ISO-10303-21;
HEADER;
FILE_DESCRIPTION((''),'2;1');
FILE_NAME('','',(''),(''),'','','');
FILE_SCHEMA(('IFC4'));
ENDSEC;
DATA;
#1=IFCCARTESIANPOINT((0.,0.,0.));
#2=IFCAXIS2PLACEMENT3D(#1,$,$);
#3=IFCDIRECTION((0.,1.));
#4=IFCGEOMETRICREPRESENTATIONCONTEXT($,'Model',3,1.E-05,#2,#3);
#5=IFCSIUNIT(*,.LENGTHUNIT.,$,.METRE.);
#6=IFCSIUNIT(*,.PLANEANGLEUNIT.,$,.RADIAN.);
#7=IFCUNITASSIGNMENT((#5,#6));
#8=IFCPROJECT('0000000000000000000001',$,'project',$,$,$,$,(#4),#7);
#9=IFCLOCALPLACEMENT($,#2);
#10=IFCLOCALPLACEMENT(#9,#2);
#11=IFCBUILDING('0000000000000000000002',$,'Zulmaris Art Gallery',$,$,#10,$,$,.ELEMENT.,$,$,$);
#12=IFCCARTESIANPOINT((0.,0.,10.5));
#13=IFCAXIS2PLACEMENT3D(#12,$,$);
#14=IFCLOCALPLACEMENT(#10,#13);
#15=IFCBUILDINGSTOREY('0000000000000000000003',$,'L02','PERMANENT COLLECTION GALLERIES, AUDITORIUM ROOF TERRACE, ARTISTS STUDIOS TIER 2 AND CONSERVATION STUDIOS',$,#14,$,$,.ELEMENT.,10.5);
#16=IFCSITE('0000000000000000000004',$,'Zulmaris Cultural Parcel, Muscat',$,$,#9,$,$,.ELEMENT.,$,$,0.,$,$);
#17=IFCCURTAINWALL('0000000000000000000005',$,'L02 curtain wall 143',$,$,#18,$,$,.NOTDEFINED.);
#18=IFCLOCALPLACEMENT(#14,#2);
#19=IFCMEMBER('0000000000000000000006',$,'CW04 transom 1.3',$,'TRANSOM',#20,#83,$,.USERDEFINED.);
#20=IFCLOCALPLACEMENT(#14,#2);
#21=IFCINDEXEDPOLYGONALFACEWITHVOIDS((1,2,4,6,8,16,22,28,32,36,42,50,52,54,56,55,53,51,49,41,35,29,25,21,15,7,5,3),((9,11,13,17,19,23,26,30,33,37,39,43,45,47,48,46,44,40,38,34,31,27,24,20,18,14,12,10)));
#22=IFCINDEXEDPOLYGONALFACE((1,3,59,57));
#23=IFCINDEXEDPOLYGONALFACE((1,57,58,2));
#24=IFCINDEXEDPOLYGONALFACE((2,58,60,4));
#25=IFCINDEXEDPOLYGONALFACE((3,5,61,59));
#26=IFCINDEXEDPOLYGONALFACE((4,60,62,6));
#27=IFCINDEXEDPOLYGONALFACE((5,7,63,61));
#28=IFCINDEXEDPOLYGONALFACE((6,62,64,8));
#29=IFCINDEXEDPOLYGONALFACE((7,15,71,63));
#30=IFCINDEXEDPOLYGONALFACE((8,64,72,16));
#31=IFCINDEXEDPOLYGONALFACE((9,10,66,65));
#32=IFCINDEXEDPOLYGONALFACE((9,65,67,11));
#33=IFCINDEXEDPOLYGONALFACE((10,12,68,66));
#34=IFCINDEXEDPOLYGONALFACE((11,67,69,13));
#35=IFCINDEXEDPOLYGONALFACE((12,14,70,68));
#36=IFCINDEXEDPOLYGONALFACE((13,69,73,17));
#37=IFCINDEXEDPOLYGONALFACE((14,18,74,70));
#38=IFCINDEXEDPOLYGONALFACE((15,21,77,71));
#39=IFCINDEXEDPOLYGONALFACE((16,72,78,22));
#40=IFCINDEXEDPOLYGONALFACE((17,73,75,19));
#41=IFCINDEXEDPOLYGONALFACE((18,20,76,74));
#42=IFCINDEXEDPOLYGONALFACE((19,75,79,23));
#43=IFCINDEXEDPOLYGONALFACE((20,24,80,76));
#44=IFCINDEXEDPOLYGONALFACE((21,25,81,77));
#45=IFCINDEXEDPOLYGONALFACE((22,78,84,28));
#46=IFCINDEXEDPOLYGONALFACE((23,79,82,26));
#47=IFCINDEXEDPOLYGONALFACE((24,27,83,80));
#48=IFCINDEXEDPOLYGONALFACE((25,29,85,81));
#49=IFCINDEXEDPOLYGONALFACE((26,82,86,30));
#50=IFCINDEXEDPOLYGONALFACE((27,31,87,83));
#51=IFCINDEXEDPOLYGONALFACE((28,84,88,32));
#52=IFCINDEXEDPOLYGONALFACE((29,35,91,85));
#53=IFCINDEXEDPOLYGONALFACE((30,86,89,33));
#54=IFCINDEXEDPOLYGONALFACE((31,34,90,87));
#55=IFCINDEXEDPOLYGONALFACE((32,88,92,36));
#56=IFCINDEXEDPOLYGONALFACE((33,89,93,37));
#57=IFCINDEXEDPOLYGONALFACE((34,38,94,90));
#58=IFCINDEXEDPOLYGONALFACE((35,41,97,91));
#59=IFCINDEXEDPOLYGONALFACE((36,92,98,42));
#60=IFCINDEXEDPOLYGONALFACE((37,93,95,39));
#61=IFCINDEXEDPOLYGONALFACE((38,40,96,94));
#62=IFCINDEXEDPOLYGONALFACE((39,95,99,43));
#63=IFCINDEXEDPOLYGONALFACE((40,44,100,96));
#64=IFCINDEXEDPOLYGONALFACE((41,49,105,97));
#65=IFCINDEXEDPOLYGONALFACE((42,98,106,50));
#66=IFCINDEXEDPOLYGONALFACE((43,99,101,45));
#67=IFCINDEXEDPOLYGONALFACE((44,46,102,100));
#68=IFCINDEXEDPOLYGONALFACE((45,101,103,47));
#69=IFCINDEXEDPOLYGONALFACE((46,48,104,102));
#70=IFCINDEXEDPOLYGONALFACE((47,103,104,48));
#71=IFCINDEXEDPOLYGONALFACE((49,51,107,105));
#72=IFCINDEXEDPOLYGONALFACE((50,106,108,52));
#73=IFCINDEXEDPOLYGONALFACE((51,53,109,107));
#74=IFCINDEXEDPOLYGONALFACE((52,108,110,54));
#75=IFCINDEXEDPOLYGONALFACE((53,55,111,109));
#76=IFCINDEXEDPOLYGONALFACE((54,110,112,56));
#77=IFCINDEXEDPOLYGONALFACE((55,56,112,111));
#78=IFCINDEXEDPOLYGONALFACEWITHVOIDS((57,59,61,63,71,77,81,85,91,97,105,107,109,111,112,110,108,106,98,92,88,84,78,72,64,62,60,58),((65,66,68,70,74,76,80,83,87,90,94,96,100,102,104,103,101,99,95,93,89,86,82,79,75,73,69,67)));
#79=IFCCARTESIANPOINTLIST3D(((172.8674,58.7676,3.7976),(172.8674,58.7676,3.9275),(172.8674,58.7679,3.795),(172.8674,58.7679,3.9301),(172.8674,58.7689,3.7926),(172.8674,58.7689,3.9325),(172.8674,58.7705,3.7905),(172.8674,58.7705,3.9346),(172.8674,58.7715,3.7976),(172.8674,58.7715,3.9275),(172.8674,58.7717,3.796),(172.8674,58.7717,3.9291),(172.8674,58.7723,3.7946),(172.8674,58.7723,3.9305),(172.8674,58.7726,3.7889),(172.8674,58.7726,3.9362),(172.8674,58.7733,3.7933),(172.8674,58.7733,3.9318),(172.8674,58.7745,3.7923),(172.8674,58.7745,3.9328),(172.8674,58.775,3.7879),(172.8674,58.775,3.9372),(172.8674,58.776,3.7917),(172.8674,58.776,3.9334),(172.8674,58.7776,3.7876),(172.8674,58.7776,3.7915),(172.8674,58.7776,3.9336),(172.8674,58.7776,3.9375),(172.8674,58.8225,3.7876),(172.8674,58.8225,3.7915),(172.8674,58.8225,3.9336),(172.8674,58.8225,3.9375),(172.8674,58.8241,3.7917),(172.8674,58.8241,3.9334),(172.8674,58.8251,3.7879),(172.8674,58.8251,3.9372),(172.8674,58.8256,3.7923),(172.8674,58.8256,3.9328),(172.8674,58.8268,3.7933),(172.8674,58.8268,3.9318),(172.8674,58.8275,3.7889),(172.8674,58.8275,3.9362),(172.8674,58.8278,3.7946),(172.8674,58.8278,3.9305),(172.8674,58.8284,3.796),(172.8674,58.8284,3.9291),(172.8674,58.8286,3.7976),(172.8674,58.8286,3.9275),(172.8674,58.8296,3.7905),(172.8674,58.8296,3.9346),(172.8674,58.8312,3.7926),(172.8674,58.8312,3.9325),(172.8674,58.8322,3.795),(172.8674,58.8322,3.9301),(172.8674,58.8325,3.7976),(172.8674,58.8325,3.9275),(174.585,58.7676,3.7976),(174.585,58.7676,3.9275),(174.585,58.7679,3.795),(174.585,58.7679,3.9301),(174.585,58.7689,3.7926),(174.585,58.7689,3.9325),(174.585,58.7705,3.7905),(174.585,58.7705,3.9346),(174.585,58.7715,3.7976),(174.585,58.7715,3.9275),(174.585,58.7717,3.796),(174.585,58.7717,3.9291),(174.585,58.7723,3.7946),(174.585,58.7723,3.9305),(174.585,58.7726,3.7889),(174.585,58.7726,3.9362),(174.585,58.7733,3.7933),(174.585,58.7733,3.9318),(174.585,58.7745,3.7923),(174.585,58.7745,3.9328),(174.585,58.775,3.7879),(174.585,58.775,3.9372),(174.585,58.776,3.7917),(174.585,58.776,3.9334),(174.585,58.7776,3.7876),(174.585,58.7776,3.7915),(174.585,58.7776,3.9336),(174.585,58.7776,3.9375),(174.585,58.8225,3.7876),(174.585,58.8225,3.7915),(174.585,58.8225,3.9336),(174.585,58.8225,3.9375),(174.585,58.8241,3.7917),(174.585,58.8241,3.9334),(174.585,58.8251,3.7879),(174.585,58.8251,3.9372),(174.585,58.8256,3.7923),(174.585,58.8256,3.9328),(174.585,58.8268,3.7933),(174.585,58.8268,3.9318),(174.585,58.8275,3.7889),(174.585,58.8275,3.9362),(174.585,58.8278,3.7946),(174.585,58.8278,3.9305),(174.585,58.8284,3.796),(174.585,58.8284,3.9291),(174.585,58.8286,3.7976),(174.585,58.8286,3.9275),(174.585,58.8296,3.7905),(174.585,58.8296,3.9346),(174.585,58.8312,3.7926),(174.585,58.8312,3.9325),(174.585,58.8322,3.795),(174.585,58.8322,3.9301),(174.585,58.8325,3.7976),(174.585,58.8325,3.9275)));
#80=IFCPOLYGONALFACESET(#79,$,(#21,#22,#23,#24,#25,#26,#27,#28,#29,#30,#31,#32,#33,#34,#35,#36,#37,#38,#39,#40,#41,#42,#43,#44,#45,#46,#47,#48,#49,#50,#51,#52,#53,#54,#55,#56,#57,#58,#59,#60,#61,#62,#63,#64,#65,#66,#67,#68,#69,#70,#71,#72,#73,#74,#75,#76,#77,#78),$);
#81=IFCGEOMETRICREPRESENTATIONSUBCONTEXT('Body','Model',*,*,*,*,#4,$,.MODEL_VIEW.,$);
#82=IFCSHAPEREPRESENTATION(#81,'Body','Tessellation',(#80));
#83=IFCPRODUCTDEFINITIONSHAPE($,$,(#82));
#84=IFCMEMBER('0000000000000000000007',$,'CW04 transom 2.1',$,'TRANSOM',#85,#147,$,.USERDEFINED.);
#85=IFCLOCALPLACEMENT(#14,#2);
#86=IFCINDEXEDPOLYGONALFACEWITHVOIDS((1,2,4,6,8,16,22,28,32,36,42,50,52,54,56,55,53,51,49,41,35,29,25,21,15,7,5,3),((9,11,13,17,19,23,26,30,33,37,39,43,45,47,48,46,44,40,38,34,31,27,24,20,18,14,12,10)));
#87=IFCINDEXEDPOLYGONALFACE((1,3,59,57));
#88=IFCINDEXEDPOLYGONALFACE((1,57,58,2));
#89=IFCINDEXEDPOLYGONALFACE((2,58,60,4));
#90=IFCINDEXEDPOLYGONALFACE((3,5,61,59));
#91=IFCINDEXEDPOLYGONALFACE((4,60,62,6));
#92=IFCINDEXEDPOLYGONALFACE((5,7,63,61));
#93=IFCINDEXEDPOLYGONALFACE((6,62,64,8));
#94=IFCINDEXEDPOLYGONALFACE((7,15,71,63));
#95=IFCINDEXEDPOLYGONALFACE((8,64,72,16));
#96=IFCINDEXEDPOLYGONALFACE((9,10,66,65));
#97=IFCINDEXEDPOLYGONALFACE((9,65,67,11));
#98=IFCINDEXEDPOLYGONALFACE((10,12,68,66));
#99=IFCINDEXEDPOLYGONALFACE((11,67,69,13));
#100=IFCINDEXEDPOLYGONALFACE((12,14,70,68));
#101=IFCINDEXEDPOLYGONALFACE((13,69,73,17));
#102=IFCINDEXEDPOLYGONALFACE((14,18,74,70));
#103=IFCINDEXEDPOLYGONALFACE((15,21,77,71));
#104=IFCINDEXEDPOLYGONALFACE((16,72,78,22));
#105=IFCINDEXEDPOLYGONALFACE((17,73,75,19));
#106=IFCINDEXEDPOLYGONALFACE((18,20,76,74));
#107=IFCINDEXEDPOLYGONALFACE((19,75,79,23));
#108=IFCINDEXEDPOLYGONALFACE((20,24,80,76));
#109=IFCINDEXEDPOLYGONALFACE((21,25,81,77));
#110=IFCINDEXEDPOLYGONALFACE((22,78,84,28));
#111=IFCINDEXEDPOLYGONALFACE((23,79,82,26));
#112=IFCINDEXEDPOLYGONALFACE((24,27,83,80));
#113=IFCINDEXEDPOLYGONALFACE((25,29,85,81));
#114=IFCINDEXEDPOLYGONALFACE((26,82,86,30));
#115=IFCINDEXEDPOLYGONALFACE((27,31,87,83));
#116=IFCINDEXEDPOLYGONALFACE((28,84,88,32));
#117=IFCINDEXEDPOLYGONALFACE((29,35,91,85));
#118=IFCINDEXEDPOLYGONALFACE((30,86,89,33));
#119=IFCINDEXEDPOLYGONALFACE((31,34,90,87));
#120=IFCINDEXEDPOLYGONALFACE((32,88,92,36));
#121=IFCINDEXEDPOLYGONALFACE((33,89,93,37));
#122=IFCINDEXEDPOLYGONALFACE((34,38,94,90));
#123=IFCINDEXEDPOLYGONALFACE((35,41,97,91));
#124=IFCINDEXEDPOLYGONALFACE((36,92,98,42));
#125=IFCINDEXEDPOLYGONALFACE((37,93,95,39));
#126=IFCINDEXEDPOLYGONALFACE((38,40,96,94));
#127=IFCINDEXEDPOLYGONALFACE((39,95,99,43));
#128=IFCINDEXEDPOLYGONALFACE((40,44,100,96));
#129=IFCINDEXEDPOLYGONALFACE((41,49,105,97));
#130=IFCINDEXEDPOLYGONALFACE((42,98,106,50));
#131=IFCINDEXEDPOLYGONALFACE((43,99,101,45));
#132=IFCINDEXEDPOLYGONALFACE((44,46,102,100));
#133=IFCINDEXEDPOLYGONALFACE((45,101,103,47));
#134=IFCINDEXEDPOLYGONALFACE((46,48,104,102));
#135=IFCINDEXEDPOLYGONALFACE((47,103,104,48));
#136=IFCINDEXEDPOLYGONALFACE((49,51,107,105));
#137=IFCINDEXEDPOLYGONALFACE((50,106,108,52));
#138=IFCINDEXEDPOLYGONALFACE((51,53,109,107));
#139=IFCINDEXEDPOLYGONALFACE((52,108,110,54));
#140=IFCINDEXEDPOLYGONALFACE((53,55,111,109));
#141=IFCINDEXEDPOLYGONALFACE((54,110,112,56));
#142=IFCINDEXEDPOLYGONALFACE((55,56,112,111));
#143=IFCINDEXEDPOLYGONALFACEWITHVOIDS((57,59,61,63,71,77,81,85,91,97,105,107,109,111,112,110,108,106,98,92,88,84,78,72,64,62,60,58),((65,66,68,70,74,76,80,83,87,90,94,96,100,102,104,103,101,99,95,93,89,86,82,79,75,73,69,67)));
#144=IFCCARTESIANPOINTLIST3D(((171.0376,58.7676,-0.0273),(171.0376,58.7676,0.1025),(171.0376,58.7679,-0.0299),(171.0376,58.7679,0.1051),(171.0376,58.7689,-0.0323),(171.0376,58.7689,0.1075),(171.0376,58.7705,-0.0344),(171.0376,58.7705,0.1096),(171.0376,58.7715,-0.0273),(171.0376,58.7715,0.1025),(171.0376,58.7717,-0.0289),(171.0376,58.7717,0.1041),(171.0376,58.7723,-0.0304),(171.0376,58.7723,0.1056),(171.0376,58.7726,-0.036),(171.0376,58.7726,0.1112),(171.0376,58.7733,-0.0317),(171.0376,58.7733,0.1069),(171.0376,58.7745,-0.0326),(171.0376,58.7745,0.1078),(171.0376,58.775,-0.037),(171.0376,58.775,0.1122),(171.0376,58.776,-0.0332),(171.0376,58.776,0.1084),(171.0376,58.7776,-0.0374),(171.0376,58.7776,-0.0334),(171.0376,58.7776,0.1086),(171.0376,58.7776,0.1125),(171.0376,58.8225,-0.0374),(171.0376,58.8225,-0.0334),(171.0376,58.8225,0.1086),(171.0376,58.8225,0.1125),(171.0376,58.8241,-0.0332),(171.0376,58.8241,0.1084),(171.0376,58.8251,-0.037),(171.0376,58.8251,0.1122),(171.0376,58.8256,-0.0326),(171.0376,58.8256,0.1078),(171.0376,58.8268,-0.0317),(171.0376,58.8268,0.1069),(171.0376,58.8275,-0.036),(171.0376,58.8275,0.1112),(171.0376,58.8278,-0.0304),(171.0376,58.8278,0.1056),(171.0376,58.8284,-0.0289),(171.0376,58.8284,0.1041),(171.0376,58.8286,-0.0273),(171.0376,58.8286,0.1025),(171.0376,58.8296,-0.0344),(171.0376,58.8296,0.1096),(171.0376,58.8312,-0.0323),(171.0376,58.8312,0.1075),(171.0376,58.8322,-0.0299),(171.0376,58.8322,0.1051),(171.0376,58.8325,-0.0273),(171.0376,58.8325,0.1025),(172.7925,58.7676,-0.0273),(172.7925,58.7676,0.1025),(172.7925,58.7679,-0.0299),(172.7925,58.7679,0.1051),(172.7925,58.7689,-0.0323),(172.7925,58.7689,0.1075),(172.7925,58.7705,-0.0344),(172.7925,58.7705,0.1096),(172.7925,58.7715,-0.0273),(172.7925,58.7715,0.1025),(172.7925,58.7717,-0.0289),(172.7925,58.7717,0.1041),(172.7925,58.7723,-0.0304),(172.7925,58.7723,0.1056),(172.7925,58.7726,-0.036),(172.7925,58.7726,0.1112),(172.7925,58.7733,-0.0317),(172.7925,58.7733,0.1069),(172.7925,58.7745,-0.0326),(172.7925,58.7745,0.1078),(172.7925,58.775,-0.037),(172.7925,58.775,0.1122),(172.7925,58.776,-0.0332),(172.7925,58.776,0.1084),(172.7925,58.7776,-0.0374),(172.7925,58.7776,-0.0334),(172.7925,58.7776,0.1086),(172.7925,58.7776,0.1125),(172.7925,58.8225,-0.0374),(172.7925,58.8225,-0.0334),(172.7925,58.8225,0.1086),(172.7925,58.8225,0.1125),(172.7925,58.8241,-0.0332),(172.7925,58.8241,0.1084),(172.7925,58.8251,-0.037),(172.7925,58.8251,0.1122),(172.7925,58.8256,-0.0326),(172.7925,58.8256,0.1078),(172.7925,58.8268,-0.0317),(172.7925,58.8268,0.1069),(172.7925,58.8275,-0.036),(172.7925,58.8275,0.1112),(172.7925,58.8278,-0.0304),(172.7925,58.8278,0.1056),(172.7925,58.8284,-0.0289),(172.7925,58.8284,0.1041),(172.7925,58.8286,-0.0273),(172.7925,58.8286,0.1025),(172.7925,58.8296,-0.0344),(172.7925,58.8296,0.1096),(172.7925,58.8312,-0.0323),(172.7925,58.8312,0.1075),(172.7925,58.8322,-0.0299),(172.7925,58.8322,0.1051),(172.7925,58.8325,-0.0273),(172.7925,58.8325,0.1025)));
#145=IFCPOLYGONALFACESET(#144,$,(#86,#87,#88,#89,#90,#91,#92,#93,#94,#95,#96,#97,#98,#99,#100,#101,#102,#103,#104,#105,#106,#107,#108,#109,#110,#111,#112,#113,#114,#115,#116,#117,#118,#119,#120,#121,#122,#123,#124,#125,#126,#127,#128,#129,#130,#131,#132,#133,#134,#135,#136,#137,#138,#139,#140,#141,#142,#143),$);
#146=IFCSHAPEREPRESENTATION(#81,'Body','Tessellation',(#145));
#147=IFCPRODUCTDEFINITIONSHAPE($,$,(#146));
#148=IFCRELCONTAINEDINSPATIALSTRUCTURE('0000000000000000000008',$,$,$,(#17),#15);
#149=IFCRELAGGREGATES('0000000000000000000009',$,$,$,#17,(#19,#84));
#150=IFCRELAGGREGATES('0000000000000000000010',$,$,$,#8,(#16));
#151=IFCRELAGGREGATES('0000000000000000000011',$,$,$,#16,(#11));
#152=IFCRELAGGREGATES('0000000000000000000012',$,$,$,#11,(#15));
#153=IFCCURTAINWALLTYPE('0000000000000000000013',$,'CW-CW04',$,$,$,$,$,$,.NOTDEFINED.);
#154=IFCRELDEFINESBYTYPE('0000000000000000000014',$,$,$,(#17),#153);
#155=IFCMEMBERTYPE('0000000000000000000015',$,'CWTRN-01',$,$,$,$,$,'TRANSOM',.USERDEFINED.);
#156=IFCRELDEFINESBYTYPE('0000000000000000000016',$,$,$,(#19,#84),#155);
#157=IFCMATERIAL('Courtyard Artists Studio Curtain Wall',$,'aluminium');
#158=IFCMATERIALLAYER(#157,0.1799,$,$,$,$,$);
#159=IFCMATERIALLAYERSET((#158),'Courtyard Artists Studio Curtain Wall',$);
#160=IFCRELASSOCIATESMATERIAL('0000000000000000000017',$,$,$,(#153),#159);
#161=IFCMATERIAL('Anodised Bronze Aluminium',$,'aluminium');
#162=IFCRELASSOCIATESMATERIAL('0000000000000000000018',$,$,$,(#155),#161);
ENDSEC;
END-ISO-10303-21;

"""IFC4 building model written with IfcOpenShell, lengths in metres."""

from ifc_helpers import new_model, si_unit, direction, frame, origin, origin_2d, place, context, subcontext, project, spatial, hollow_rectangle, extrude, material, layer, layer_set, material_profile, profile_set, type_object, element, aggregate, save


model = new_model("IFC4")

# Units and contexts
model_context = context("Model", 3, precision=1e-05, world=origin(), true_north=direction((0.0, 1.0)))
body_context = subcontext(model_context, "Body", "Model", "MODEL_VIEW")
ifc_project = project(units=[si_unit("LENGTHUNIT", "METRE"), si_unit("PLANEANGLEUNIT", "RADIAN")], contexts=[model_context])

# Site, building, storey
site_placement = place(None, origin())
site = spatial("IfcSite", under=ifc_project, at=site_placement, Name="Zulmaris Cultural Parcel, Muscat", CompositionType="ELEMENT", RefElevation=0.0)
building_placement = place(site_placement, origin())
building = spatial("IfcBuilding", under=site, at=building_placement, Name="Zulmaris Art Gallery", CompositionType="ELEMENT")
storey_placement = place(building_placement, frame((0.0, 0.0, 10.5)))
storey = spatial("IfcBuildingStorey", under=building, at=storey_placement, Name="L02", Description="PERMANENT COLLECTION GALLERIES, AUDITORIUM ROOF TERRACE, ARTISTS STUDIOS TIER 2 AND CONSERVATION STUDIOS", CompositionType="ELEMENT", Elevation=10.5)

# Curtain wall
ifc_material_1 = material(Name="Courtyard Artists Studio Curtain Wall", Category="aluminium")
ifc_layer_1 = layer(ifc_material_1, 0.1799)
ifc_layer_set_1 = layer_set([ifc_layer_1], Name="Courtyard Artists Studio Curtain Wall")
curtain_wall_type = type_object("IfcCurtainWallType", Name="CW-CW04", PredefinedType="NOTDEFINED", material=ifc_layer_set_1)
curtain_wall_1_placement = place(storey_placement, origin())
curtain_wall_1 = element("IfcCurtainWall", 1, at=curtain_wall_1_placement, inside=storey, type_object=curtain_wall_type, Name="L02 curtain wall 143", PredefinedType="NOTDEFINED")
ifc_material_2 = material(Name="Anodised Bronze Aluminium", Category="aluminium")

# Members
ifc_material_profile_1 = material_profile(ifc_material_2, hollow_rectangle(XDim=0.0649, YDim=0.1499, WallThickness=0.0039, InnerFilletRadius=0.0061, OuterFilletRadius=0.01, at=origin_2d()), Name="ALU 65x150x4")
ifc_profile_set_1 = profile_set([ifc_material_profile_1], Name="Anodised Bronze Aluminium")
member_type_1 = type_object("IfcMemberType", Name="CWTRN-01", ElementType="TRANSOM", PredefinedType="USERDEFINED", material=ifc_profile_set_1)
member_1_placement = place(storey_placement, frame((174.585, 58.8, 3.8625), z_axis=(-1.0, 0.0, 0.0), x_axis=(0.0, -1.0, 0.0)))
member_1 = element("IfcMember", 2, at=member_1_placement, type_object=member_type_1, Name="CW04 transom 1.3", ObjectType="TRANSOM", PredefinedType="USERDEFINED", context=body_context, shape_type="SweptSolid", body=[
    extrude(hollow_rectangle(XDim=0.0649, YDim=0.1499, WallThickness=0.0039, InnerFilletRadius=0.0061, OuterFilletRadius=0.01, at=origin_2d()), origin(), (0.0, 0.0, 1.0), 1.7175),
])
member_2_placement = place(storey_placement, frame((172.7925, 58.8, 0.0376), z_axis=(-1.0, 0.0, 0.0), x_axis=(0.0, -1.0, 0.0)))
member_2 = element("IfcMember", 3, at=member_2_placement, type_object=member_type_1, Name="CW04 transom 2.1", ObjectType="TRANSOM", PredefinedType="USERDEFINED", context=body_context, shape_type="SweptSolid", body=[
    extrude(hollow_rectangle(XDim=0.0649, YDim=0.1499, WallThickness=0.0039, InnerFilletRadius=0.0061, OuterFilletRadius=0.01, at=origin_2d()), origin(), (0.0, 0.0, 1.0), 1.7549),
])

aggregate(curtain_wall_1, [member_1, member_2])

save(model, "model.ifc")
